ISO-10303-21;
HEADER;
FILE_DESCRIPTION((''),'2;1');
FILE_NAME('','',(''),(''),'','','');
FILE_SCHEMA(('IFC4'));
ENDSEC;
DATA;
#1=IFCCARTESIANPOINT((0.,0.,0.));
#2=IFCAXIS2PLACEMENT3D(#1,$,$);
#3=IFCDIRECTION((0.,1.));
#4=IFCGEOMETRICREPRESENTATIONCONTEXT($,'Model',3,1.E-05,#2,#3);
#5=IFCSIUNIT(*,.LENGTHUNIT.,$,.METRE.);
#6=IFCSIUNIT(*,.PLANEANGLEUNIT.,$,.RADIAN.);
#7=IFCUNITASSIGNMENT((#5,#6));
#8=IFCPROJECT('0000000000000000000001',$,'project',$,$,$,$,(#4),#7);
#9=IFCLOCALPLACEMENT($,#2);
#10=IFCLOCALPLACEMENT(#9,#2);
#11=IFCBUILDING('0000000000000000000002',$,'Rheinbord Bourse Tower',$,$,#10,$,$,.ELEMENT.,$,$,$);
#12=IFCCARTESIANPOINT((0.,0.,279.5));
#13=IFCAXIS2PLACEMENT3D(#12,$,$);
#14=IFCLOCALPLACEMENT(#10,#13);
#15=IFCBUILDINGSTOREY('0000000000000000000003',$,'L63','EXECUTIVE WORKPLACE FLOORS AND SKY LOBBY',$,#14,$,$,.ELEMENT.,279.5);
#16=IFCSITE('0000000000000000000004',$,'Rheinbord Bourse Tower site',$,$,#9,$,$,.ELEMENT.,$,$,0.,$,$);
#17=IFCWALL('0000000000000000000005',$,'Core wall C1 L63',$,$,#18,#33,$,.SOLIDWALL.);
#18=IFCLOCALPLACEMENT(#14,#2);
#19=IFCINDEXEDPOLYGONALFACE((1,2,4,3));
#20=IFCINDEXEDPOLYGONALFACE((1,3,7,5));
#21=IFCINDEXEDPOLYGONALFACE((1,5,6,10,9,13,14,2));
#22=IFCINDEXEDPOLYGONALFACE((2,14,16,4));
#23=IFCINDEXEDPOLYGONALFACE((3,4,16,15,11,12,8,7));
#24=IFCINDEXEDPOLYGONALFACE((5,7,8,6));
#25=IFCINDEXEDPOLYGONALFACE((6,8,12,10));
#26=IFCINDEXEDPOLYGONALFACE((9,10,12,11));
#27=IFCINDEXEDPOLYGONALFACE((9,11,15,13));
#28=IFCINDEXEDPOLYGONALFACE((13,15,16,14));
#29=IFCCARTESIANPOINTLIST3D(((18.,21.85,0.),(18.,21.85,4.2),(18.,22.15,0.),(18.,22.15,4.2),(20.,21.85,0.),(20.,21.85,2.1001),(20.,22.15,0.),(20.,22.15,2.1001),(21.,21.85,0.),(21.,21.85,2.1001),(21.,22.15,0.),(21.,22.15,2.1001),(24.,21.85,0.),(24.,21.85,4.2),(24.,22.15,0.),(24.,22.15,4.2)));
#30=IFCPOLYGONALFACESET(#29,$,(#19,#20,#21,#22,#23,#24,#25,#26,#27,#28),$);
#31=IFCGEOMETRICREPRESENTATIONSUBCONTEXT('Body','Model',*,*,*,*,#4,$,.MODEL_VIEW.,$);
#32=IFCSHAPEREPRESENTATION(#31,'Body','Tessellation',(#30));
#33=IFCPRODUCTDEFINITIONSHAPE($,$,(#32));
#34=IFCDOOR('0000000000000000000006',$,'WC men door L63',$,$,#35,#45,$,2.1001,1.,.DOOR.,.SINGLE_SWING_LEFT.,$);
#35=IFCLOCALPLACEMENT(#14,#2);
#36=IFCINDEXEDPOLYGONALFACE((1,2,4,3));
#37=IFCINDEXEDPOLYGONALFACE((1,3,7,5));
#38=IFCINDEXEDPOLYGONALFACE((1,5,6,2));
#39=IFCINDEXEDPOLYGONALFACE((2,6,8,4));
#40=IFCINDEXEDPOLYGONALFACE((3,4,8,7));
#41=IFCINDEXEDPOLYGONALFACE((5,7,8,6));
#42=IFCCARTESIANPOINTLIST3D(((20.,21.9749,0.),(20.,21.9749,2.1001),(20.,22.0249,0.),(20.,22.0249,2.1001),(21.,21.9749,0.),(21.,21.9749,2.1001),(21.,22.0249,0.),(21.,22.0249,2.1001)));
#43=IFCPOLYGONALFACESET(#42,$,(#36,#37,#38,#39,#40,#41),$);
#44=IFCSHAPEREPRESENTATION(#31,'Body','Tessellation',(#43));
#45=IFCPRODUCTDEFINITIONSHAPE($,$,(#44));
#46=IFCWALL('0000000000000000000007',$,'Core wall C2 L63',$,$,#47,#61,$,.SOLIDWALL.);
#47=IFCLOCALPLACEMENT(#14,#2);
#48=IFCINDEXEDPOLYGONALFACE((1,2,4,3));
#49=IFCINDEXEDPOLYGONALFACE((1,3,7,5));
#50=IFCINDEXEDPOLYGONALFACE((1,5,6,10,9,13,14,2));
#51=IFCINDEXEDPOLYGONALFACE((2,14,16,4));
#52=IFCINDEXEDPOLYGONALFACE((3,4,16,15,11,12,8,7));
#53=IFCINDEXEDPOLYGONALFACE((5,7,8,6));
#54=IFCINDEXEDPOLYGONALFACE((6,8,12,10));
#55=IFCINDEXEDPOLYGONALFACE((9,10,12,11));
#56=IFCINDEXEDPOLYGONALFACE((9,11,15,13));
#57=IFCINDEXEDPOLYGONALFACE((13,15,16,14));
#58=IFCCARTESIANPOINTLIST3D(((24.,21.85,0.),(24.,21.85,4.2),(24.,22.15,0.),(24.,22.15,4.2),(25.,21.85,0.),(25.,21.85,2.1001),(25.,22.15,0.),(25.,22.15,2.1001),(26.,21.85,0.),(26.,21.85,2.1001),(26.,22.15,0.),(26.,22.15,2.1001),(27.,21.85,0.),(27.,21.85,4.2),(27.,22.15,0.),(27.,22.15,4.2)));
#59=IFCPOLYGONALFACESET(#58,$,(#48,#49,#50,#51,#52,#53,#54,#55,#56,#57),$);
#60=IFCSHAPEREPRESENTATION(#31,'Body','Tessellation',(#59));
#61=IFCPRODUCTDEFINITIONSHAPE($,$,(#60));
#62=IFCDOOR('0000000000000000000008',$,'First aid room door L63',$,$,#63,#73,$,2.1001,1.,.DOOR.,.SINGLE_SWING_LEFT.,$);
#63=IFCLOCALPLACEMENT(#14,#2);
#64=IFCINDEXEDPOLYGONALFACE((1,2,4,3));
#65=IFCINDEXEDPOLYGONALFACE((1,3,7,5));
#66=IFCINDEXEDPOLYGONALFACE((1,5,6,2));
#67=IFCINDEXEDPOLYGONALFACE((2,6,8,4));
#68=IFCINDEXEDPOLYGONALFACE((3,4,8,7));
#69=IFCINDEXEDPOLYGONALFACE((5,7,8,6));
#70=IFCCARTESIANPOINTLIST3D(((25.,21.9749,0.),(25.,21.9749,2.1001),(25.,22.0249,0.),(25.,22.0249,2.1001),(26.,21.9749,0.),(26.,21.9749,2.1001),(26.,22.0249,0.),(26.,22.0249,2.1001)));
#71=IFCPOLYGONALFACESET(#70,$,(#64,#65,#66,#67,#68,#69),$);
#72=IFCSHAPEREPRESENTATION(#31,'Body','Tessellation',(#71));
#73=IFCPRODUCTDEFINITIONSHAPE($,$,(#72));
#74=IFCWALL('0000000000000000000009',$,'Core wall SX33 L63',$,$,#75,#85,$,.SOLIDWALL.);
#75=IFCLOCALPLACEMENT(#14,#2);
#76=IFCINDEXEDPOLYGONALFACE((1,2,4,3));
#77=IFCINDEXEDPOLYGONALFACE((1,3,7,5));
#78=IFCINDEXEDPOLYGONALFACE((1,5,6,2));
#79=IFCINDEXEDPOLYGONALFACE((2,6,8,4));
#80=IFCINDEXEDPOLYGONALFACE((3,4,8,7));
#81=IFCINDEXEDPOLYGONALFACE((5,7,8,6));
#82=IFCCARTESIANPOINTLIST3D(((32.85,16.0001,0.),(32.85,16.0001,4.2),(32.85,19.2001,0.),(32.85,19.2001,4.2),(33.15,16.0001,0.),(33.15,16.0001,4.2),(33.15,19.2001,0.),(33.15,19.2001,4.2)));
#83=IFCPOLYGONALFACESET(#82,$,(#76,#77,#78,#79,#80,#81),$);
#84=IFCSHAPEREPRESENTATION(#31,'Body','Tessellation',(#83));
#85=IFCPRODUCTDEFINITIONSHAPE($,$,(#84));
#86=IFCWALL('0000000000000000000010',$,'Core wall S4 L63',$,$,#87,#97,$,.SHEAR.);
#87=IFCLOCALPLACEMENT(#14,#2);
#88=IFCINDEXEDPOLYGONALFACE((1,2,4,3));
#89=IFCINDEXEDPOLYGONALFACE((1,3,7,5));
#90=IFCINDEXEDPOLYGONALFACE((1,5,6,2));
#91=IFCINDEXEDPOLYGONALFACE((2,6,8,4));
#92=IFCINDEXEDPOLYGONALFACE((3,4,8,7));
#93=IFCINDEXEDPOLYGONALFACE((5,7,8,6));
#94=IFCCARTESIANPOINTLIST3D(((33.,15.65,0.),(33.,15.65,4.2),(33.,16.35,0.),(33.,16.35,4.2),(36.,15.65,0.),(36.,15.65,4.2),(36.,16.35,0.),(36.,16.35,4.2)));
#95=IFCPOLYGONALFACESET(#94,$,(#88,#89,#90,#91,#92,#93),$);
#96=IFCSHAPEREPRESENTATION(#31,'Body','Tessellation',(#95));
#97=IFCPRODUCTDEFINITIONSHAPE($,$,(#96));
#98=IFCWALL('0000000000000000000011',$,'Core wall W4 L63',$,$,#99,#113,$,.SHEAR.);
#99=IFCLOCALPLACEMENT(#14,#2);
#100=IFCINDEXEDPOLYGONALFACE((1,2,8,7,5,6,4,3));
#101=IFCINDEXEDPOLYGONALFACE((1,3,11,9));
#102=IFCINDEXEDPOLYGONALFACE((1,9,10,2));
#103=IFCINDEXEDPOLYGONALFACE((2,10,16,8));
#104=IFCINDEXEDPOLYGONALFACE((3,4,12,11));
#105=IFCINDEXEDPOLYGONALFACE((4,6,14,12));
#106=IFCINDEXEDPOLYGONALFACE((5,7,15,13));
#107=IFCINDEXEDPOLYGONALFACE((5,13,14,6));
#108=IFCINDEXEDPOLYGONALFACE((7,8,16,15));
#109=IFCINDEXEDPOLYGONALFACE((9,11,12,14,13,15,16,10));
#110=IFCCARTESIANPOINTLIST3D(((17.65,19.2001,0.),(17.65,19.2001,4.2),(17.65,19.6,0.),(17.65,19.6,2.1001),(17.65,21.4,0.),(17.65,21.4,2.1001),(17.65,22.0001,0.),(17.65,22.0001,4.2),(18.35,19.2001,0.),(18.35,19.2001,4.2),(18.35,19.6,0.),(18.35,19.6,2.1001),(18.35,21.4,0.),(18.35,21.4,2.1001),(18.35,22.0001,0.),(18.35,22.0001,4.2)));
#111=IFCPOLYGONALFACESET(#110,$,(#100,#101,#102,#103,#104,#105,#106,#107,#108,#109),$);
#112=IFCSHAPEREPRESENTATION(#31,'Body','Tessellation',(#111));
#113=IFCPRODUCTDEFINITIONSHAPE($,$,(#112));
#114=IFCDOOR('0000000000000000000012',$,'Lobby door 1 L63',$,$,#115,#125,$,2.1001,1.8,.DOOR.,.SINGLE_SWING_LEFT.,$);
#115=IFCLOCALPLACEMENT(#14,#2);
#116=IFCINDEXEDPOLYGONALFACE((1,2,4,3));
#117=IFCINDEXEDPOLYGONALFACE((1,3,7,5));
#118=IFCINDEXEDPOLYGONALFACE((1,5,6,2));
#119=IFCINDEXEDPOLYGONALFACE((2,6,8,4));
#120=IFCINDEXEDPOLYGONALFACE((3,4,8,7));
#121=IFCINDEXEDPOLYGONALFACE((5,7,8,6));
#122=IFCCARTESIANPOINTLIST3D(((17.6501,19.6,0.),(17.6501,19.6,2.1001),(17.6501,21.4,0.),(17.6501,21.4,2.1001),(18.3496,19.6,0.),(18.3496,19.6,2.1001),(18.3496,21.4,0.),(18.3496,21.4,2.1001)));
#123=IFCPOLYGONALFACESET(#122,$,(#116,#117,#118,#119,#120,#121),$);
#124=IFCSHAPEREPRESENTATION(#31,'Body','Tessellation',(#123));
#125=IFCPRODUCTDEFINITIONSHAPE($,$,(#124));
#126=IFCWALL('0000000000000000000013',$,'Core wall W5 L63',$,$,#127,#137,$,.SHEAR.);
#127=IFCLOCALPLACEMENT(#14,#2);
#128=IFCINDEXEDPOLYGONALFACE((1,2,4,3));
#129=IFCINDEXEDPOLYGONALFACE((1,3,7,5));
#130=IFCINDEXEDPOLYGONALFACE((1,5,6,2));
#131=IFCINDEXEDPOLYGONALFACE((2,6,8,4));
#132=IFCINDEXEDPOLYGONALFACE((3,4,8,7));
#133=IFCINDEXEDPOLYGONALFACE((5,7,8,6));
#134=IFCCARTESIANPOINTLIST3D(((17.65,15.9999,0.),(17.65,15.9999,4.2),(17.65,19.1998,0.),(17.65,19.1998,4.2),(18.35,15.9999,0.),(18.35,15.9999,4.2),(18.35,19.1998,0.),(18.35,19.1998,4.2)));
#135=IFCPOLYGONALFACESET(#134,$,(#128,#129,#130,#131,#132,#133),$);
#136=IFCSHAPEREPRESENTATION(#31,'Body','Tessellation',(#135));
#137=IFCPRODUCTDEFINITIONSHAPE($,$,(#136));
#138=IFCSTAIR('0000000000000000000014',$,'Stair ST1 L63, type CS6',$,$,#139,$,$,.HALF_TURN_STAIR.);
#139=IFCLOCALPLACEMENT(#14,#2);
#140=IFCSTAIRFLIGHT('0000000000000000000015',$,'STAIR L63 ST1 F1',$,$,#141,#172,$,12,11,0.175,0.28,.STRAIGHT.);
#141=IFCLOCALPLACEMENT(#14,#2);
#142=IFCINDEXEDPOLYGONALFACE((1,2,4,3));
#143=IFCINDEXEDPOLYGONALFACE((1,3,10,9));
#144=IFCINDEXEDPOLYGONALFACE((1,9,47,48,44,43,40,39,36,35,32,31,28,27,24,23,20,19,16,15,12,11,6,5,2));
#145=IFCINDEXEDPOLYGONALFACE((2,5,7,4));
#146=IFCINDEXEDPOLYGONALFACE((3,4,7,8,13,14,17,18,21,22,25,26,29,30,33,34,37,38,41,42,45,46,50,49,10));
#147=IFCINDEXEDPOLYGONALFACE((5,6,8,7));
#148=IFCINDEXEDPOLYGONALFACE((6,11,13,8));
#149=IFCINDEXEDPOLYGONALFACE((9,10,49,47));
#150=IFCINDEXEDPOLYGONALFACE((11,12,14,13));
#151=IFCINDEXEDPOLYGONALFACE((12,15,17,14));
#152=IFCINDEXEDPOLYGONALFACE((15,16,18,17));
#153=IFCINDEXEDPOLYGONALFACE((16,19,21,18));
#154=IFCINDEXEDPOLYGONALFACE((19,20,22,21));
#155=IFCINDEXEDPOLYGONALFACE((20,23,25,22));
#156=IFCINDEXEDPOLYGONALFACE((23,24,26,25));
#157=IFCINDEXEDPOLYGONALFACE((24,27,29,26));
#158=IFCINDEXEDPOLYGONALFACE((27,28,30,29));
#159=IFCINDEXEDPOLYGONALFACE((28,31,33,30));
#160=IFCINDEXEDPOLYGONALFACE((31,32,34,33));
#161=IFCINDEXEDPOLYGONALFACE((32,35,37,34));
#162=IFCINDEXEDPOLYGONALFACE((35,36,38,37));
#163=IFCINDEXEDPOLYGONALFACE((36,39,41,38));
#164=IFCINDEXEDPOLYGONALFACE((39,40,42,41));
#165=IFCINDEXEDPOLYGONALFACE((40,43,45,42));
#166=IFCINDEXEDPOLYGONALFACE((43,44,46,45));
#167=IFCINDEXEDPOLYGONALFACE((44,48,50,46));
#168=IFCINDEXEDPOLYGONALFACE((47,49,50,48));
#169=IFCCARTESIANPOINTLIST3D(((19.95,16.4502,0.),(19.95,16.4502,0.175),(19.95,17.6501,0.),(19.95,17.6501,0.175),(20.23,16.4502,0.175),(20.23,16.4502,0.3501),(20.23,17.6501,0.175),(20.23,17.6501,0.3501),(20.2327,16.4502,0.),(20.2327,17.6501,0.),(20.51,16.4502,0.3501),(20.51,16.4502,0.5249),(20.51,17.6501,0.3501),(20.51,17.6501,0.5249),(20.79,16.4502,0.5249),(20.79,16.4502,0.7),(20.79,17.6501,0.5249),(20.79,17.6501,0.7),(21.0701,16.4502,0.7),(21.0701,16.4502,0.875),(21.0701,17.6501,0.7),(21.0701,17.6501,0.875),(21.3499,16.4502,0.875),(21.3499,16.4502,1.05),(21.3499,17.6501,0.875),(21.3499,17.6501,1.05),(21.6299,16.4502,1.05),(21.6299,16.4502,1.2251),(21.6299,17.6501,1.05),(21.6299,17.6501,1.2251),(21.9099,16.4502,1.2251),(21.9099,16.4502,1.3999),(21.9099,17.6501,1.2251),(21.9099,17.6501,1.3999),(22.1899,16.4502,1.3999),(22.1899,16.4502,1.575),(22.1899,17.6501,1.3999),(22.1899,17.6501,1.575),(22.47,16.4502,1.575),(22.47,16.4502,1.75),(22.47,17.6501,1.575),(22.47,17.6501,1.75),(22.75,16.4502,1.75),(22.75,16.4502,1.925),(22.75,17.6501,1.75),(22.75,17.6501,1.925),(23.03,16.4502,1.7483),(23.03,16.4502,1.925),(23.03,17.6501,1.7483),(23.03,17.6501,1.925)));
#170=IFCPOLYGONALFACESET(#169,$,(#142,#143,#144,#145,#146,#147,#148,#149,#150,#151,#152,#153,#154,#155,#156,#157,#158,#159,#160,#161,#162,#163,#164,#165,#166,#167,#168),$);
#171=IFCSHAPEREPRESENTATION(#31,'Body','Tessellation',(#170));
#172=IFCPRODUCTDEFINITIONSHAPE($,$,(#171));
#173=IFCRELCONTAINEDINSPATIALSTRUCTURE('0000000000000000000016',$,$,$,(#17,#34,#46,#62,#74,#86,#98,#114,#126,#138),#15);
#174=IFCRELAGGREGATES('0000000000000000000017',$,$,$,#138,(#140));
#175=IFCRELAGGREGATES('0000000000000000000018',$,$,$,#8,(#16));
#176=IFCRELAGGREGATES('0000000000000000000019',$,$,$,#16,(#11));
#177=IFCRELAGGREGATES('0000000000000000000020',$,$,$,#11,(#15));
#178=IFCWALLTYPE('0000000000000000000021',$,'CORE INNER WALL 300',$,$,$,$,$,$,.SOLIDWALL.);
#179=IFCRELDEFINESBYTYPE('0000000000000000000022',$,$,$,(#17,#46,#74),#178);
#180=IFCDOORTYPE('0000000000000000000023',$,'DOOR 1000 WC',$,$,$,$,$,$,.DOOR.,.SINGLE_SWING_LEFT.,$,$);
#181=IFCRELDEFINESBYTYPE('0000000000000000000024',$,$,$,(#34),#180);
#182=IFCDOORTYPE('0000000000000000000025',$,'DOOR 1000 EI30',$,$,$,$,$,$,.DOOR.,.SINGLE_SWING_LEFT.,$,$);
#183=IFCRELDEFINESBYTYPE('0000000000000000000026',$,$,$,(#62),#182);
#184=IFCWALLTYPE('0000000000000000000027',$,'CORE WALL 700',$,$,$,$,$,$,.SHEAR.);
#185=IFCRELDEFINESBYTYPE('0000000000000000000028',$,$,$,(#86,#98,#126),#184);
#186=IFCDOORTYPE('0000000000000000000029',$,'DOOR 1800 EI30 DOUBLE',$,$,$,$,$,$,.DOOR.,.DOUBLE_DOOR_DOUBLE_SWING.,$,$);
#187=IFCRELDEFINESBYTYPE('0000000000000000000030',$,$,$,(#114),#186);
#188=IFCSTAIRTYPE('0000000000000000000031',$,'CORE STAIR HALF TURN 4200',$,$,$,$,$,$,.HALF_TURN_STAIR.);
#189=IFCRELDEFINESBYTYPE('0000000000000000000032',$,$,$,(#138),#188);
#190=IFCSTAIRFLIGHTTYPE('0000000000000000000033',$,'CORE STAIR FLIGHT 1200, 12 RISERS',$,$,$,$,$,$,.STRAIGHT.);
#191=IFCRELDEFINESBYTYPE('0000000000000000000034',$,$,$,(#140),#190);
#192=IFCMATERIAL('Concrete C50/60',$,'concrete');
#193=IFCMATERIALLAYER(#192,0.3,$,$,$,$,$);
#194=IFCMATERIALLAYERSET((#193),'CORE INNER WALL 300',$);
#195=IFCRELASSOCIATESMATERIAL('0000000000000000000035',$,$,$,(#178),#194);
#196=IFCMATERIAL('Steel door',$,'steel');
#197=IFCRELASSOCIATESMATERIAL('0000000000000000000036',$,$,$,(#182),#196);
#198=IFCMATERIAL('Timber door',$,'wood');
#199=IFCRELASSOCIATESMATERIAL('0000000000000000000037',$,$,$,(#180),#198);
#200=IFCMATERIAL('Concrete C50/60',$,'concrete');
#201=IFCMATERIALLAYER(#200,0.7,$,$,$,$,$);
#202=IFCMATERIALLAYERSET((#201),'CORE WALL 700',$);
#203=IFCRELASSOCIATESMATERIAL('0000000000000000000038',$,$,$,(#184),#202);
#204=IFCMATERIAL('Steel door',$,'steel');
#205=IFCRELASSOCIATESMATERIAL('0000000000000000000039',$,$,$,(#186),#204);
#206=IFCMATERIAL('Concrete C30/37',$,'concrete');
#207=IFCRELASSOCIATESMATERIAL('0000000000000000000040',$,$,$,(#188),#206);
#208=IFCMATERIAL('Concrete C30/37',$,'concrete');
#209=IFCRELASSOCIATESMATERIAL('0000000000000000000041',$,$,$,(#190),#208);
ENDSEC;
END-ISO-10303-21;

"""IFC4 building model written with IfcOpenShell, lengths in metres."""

from ifc_helpers import new_model, si_unit, direction, frame, frame_2d, origin, place, context, subcontext, project, spatial, polyline, rectangle, outline, extrude, material, layer, layer_set, type_object, element, fill, aggregate, save


model = new_model("IFC4")

# Units and contexts
model_context = context("Model", 3, precision=1e-05, world=origin(), true_north=direction((0.0, 1.0)))
body_context = subcontext(model_context, "Body", "Model", "MODEL_VIEW")
ifc_project = project(units=[si_unit("LENGTHUNIT", "METRE"), si_unit("PLANEANGLEUNIT", "RADIAN")], contexts=[model_context])

# Site, building, storey
site_placement = place(None, origin())
site = spatial("IfcSite", under=ifc_project, at=site_placement, Name="Rheinbord Bourse Tower site", CompositionType="ELEMENT", RefElevation=0.0)
building_placement = place(site_placement, origin())
building = spatial("IfcBuilding", under=site, at=building_placement, Name="Rheinbord Bourse Tower", CompositionType="ELEMENT")
storey_placement = place(building_placement, frame((0.0, 0.0, 279.5)))
storey = spatial("IfcBuildingStorey", under=building, at=storey_placement, Name="L63", Description="EXECUTIVE WORKPLACE FLOORS AND SKY LOBBY", CompositionType="ELEMENT", Elevation=279.5)

# Walls, openings, doors
ifc_material_1 = material(Name="Concrete C50/60", Category="concrete")
ifc_layer_1 = layer(ifc_material_1, 0.3)
ifc_layer_set_1 = layer_set([ifc_layer_1], Name="CORE INNER WALL 300")
wall_type_1 = type_object("IfcWallType", Name="CORE INNER WALL 300", PredefinedType="SOLIDWALL", material=ifc_layer_set_1)
ifc_material_2 = material(Name="Steel door", Category="steel")
door_type_1 = type_object("IfcDoorType", Name="DOOR 1000 EI30", OperationType="SINGLE_SWING_LEFT", PredefinedType="DOOR", material=ifc_material_2)
wall_1_placement = place(storey_placement, frame((18.0, 22.0, 0.0), z_axis=(0.0, 0.0, 1.0), x_axis=(1.0, 0.0, 0.0)))
wall_1 = element("IfcWall", 1, at=wall_1_placement, inside=storey, type_object=wall_type_1, Name="Core wall C1 L63", PredefinedType="SOLIDWALL", context=body_context, shape_type="SweptSolid", body=[
    extrude(rectangle(XDim=6.0, YDim=0.3, at=frame_2d((3.0, 0.0))), origin(), (0.0, 0.0, 1.0), 4.2),
])
opening_1_placement = place(wall_1_placement, frame((2.0, 0.0, 0.0)))
opening_1 = element("IfcOpeningElement", 2, at=opening_1_placement, cuts=wall_1, PredefinedType="OPENING", context=body_context, shape_type="SweptSolid", body=[
    extrude(rectangle(XDim=1.0, YDim=2.1001, at=frame_2d((0.5, 1.05))), frame((0.0, 0.1599, 0.0), z_axis=(0.0, -1.0, 0.0), x_axis=(1.0, 0.0, 0.0)), (0.0, 0.0, 1.0), 0.3201),
])
ifc_material_3 = material(Name="Timber door", Category="wood")
door_type_2 = type_object("IfcDoorType", Name="DOOR 1000 WC", OperationType="SINGLE_SWING_LEFT", PredefinedType="DOOR", material=ifc_material_3)
door_1_placement = place(opening_1_placement, origin())
door_1 = element("IfcDoor", 3, at=door_1_placement, inside=storey, type_object=door_type_2, Name="WC men door L63", OperationType="SINGLE_SWING_LEFT", OverallHeight=2.1001, OverallWidth=1.0, PredefinedType="DOOR", context=body_context, shape_type="SweptSolid", body=[
    extrude(rectangle(XDim=1.0, YDim=2.1001, at=frame_2d((0.5, 1.05))), frame((0.0, 0.0249, 0.0), z_axis=(0.0, -1.0, 0.0), x_axis=(1.0, 0.0, 0.0)), (0.0, 0.0, 1.0), 0.05),
])
fill(opening_1, door_1)
wall_2_placement = place(storey_placement, frame((24.0, 22.0, 0.0), z_axis=(0.0, 0.0, 1.0), x_axis=(1.0, 0.0, 0.0)))
wall_2 = element("IfcWall", 4, at=wall_2_placement, inside=storey, type_object=wall_type_1, Name="Core wall C2 L63", PredefinedType="SOLIDWALL", context=body_context, shape_type="SweptSolid", body=[
    extrude(rectangle(XDim=3.0, YDim=0.3, at=frame_2d((1.5, 0.0))), origin(), (0.0, 0.0, 1.0), 4.2),
])
opening_2_placement = place(wall_2_placement, frame((1.0, 0.0, 0.0)))
opening_2 = element("IfcOpeningElement", 5, at=opening_2_placement, cuts=wall_2, PredefinedType="OPENING", context=body_context, shape_type="SweptSolid", body=[
    extrude(rectangle(XDim=1.0, YDim=2.1001, at=frame_2d((0.5, 1.05))), frame((0.0, 0.1599, 0.0), z_axis=(0.0, -1.0, 0.0), x_axis=(1.0, 0.0, 0.0)), (0.0, 0.0, 1.0), 0.3201),
])
door_2_placement = place(opening_2_placement, origin())
door_2 = element("IfcDoor", 6, at=door_2_placement, inside=storey, type_object=door_type_1, Name="First aid room door L63", OperationType="SINGLE_SWING_LEFT", OverallHeight=2.1001, OverallWidth=1.0, PredefinedType="DOOR", context=body_context, shape_type="SweptSolid", body=[
    extrude(rectangle(XDim=1.0, YDim=2.1001, at=frame_2d((0.5, 1.05))), frame((0.0, 0.0249, 0.0), z_axis=(0.0, -1.0, 0.0), x_axis=(1.0, 0.0, 0.0)), (0.0, 0.0, 1.0), 0.05),
])
fill(opening_2, door_2)

# Walls
wall_3_placement = place(storey_placement, frame((33.0, 16.0, 0.0), z_axis=(0.0, 0.0, 1.0), x_axis=(0.0, 1.0, 0.0)))
element("IfcWall", 7, at=wall_3_placement, inside=storey, type_object=wall_type_1, Name="Core wall SX33 L63", PredefinedType="SOLIDWALL", context=body_context, shape_type="SweptSolid", body=[
    extrude(rectangle(XDim=3.2, YDim=0.3, at=frame_2d((1.6001, 0.0))), origin(), (0.0, 0.0, 1.0), 4.2),
])
ifc_material_4 = material(Name="Concrete C50/60", Category="concrete")
ifc_layer_2 = layer(ifc_material_4, 0.7)
ifc_layer_set_2 = layer_set([ifc_layer_2], Name="CORE WALL 700")
wall_type_2 = type_object("IfcWallType", Name="CORE WALL 700", PredefinedType="SHEAR", material=ifc_layer_set_2)
wall_4_placement = place(storey_placement, frame((33.0, 16.0, 0.0), z_axis=(0.0, 0.0, 1.0), x_axis=(1.0, 0.0, 0.0)))
element("IfcWall", 8, at=wall_4_placement, inside=storey, type_object=wall_type_2, Name="Core wall S4 L63", PredefinedType="SHEAR", context=body_context, shape_type="SweptSolid", body=[
    extrude(rectangle(XDim=3.0, YDim=0.7, at=frame_2d((1.5, 0.0))), origin(), (0.0, 0.0, 1.0), 4.2),
])

# Wall, opening, door
wall_5_placement = place(storey_placement, frame((18.0, 22.0, 0.0), z_axis=(0.0, 0.0, 1.0), x_axis=(0.0, -1.0, 0.0)))
wall_5 = element("IfcWall", 9, at=wall_5_placement, inside=storey, type_object=wall_type_2, Name="Core wall W4 L63", PredefinedType="SHEAR", context=body_context, shape_type="SweptSolid", body=[
    extrude(rectangle(XDim=2.8, YDim=0.7, at=frame_2d((1.3999, 0.0))), origin(), (0.0, 0.0, 1.0), 4.2),
])
opening_3_placement = place(wall_5_placement, frame((0.6001, 0.0, 0.0)))
opening_3 = element("IfcOpeningElement", 10, at=opening_3_placement, cuts=wall_5, PredefinedType="OPENING", context=body_context, shape_type="SweptSolid", body=[
    extrude(rectangle(XDim=1.8, YDim=2.1001, at=frame_2d((0.8999, 1.05))), frame((0.0, 0.3599, 0.0), z_axis=(0.0, -1.0, 0.0), x_axis=(1.0, 0.0, 0.0)), (0.0, 0.0, 1.0), 0.72),
])
ifc_material_5 = material(Name="Steel door", Category="steel")
door_type_3 = type_object("IfcDoorType", Name="DOOR 1800 EI30 DOUBLE", OperationType="DOUBLE_DOOR_DOUBLE_SWING", PredefinedType="DOOR", material=ifc_material_5)
door_3_placement = place(opening_3_placement, origin())
door_3 = element("IfcDoor", 11, at=door_3_placement, inside=storey, type_object=door_type_3, Name="Lobby door 1 L63", OperationType="SINGLE_SWING_LEFT", OverallHeight=2.1001, OverallWidth=1.8, PredefinedType="DOOR", context=body_context, shape_type="SweptSolid", body=[
    extrude(rectangle(XDim=1.8, YDim=2.1001, at=frame_2d((0.8999, 1.05))), frame((0.0, 0.3496, 0.0), z_axis=(0.0, -1.0, 0.0), x_axis=(1.0, 0.0, 0.0)), (0.0, 0.0, 1.0), 0.6995),
])
fill(opening_3, door_3)

# Wall
wall_6_placement = place(storey_placement, frame((18.0, 19.2, 0.0), z_axis=(0.0, 0.0, 1.0), x_axis=(0.0, -1.0, 0.0)))
element("IfcWall", 12, at=wall_6_placement, inside=storey, type_object=wall_type_2, Name="Core wall W5 L63", PredefinedType="SHEAR", context=body_context, shape_type="SweptSolid", body=[
    extrude(rectangle(XDim=3.2, YDim=0.7, at=frame_2d((1.6001, 0.0))), origin(), (0.0, 0.0, 1.0), 4.2),
])

# Stair, stair flight
ifc_material_6 = material(Name="Concrete C30/37", Category="concrete")
stair_type = type_object("IfcStairType", Name="CORE STAIR HALF TURN 4200", PredefinedType="HALF_TURN_STAIR", material=ifc_material_6)
stair_placement = place(storey_placement, origin())
stair = element("IfcStair", 13, at=stair_placement, inside=storey, type_object=stair_type, Name="Stair ST1 L63, type CS6", PredefinedType="HALF_TURN_STAIR")
ifc_material_7 = material(Name="Concrete C30/37", Category="concrete")
stair_flight_type = type_object("IfcStairFlightType", Name="CORE STAIR FLIGHT 1200, 12 RISERS", PredefinedType="STRAIGHT", material=ifc_material_7)
stair_flight_1_placement = place(storey_placement, frame((19.95, 17.05, 0.0), z_axis=(0.0, 0.0, 1.0), x_axis=(1.0, 0.0, 0.0)))
stair_flight_1 = element("IfcStairFlight", 14, at=stair_flight_1_placement, type_object=stair_flight_type, Name="STAIR L63 ST1 F1", NumberOfRisers=12, NumberOfTreads=11, PredefinedType="STRAIGHT", RiserHeight=0.175, TreadLength=0.28, context=body_context, shape_type="SweptSolid", body=[
    extrude(outline(polyline([(0.0, 0.0), (0.0, 0.175), (0.28, 0.175), (0.28, 0.3501), (0.5601, 0.3501), (0.5601, 0.5249), (0.8401, 0.5249), (0.8401, 0.7), (1.1201, 0.7), (1.1201, 0.875), (1.3999, 0.875), (1.3999, 1.05), (1.6799, 1.05), (1.6799, 1.2251), (1.96, 1.2251), (1.96, 1.3999), (2.24, 1.3999), (2.24, 1.575), (2.52, 1.575), (2.52, 1.75), (2.8, 1.75), (2.8, 1.925), (3.0801, 1.925), (3.0801, 2.1001), (3.0801, 1.7483), (0.2827, 0.0), (0.0, 0.0)])), frame((0.0, 0.6001, 0.0), z_axis=(0.0, -1.0, 0.0), x_axis=(1.0, 0.0, 0.0)), (0.0, 0.0, 1.0), 1.2),
])
aggregate(stair, [stair_flight_1])

save(model, "model.ifc")
